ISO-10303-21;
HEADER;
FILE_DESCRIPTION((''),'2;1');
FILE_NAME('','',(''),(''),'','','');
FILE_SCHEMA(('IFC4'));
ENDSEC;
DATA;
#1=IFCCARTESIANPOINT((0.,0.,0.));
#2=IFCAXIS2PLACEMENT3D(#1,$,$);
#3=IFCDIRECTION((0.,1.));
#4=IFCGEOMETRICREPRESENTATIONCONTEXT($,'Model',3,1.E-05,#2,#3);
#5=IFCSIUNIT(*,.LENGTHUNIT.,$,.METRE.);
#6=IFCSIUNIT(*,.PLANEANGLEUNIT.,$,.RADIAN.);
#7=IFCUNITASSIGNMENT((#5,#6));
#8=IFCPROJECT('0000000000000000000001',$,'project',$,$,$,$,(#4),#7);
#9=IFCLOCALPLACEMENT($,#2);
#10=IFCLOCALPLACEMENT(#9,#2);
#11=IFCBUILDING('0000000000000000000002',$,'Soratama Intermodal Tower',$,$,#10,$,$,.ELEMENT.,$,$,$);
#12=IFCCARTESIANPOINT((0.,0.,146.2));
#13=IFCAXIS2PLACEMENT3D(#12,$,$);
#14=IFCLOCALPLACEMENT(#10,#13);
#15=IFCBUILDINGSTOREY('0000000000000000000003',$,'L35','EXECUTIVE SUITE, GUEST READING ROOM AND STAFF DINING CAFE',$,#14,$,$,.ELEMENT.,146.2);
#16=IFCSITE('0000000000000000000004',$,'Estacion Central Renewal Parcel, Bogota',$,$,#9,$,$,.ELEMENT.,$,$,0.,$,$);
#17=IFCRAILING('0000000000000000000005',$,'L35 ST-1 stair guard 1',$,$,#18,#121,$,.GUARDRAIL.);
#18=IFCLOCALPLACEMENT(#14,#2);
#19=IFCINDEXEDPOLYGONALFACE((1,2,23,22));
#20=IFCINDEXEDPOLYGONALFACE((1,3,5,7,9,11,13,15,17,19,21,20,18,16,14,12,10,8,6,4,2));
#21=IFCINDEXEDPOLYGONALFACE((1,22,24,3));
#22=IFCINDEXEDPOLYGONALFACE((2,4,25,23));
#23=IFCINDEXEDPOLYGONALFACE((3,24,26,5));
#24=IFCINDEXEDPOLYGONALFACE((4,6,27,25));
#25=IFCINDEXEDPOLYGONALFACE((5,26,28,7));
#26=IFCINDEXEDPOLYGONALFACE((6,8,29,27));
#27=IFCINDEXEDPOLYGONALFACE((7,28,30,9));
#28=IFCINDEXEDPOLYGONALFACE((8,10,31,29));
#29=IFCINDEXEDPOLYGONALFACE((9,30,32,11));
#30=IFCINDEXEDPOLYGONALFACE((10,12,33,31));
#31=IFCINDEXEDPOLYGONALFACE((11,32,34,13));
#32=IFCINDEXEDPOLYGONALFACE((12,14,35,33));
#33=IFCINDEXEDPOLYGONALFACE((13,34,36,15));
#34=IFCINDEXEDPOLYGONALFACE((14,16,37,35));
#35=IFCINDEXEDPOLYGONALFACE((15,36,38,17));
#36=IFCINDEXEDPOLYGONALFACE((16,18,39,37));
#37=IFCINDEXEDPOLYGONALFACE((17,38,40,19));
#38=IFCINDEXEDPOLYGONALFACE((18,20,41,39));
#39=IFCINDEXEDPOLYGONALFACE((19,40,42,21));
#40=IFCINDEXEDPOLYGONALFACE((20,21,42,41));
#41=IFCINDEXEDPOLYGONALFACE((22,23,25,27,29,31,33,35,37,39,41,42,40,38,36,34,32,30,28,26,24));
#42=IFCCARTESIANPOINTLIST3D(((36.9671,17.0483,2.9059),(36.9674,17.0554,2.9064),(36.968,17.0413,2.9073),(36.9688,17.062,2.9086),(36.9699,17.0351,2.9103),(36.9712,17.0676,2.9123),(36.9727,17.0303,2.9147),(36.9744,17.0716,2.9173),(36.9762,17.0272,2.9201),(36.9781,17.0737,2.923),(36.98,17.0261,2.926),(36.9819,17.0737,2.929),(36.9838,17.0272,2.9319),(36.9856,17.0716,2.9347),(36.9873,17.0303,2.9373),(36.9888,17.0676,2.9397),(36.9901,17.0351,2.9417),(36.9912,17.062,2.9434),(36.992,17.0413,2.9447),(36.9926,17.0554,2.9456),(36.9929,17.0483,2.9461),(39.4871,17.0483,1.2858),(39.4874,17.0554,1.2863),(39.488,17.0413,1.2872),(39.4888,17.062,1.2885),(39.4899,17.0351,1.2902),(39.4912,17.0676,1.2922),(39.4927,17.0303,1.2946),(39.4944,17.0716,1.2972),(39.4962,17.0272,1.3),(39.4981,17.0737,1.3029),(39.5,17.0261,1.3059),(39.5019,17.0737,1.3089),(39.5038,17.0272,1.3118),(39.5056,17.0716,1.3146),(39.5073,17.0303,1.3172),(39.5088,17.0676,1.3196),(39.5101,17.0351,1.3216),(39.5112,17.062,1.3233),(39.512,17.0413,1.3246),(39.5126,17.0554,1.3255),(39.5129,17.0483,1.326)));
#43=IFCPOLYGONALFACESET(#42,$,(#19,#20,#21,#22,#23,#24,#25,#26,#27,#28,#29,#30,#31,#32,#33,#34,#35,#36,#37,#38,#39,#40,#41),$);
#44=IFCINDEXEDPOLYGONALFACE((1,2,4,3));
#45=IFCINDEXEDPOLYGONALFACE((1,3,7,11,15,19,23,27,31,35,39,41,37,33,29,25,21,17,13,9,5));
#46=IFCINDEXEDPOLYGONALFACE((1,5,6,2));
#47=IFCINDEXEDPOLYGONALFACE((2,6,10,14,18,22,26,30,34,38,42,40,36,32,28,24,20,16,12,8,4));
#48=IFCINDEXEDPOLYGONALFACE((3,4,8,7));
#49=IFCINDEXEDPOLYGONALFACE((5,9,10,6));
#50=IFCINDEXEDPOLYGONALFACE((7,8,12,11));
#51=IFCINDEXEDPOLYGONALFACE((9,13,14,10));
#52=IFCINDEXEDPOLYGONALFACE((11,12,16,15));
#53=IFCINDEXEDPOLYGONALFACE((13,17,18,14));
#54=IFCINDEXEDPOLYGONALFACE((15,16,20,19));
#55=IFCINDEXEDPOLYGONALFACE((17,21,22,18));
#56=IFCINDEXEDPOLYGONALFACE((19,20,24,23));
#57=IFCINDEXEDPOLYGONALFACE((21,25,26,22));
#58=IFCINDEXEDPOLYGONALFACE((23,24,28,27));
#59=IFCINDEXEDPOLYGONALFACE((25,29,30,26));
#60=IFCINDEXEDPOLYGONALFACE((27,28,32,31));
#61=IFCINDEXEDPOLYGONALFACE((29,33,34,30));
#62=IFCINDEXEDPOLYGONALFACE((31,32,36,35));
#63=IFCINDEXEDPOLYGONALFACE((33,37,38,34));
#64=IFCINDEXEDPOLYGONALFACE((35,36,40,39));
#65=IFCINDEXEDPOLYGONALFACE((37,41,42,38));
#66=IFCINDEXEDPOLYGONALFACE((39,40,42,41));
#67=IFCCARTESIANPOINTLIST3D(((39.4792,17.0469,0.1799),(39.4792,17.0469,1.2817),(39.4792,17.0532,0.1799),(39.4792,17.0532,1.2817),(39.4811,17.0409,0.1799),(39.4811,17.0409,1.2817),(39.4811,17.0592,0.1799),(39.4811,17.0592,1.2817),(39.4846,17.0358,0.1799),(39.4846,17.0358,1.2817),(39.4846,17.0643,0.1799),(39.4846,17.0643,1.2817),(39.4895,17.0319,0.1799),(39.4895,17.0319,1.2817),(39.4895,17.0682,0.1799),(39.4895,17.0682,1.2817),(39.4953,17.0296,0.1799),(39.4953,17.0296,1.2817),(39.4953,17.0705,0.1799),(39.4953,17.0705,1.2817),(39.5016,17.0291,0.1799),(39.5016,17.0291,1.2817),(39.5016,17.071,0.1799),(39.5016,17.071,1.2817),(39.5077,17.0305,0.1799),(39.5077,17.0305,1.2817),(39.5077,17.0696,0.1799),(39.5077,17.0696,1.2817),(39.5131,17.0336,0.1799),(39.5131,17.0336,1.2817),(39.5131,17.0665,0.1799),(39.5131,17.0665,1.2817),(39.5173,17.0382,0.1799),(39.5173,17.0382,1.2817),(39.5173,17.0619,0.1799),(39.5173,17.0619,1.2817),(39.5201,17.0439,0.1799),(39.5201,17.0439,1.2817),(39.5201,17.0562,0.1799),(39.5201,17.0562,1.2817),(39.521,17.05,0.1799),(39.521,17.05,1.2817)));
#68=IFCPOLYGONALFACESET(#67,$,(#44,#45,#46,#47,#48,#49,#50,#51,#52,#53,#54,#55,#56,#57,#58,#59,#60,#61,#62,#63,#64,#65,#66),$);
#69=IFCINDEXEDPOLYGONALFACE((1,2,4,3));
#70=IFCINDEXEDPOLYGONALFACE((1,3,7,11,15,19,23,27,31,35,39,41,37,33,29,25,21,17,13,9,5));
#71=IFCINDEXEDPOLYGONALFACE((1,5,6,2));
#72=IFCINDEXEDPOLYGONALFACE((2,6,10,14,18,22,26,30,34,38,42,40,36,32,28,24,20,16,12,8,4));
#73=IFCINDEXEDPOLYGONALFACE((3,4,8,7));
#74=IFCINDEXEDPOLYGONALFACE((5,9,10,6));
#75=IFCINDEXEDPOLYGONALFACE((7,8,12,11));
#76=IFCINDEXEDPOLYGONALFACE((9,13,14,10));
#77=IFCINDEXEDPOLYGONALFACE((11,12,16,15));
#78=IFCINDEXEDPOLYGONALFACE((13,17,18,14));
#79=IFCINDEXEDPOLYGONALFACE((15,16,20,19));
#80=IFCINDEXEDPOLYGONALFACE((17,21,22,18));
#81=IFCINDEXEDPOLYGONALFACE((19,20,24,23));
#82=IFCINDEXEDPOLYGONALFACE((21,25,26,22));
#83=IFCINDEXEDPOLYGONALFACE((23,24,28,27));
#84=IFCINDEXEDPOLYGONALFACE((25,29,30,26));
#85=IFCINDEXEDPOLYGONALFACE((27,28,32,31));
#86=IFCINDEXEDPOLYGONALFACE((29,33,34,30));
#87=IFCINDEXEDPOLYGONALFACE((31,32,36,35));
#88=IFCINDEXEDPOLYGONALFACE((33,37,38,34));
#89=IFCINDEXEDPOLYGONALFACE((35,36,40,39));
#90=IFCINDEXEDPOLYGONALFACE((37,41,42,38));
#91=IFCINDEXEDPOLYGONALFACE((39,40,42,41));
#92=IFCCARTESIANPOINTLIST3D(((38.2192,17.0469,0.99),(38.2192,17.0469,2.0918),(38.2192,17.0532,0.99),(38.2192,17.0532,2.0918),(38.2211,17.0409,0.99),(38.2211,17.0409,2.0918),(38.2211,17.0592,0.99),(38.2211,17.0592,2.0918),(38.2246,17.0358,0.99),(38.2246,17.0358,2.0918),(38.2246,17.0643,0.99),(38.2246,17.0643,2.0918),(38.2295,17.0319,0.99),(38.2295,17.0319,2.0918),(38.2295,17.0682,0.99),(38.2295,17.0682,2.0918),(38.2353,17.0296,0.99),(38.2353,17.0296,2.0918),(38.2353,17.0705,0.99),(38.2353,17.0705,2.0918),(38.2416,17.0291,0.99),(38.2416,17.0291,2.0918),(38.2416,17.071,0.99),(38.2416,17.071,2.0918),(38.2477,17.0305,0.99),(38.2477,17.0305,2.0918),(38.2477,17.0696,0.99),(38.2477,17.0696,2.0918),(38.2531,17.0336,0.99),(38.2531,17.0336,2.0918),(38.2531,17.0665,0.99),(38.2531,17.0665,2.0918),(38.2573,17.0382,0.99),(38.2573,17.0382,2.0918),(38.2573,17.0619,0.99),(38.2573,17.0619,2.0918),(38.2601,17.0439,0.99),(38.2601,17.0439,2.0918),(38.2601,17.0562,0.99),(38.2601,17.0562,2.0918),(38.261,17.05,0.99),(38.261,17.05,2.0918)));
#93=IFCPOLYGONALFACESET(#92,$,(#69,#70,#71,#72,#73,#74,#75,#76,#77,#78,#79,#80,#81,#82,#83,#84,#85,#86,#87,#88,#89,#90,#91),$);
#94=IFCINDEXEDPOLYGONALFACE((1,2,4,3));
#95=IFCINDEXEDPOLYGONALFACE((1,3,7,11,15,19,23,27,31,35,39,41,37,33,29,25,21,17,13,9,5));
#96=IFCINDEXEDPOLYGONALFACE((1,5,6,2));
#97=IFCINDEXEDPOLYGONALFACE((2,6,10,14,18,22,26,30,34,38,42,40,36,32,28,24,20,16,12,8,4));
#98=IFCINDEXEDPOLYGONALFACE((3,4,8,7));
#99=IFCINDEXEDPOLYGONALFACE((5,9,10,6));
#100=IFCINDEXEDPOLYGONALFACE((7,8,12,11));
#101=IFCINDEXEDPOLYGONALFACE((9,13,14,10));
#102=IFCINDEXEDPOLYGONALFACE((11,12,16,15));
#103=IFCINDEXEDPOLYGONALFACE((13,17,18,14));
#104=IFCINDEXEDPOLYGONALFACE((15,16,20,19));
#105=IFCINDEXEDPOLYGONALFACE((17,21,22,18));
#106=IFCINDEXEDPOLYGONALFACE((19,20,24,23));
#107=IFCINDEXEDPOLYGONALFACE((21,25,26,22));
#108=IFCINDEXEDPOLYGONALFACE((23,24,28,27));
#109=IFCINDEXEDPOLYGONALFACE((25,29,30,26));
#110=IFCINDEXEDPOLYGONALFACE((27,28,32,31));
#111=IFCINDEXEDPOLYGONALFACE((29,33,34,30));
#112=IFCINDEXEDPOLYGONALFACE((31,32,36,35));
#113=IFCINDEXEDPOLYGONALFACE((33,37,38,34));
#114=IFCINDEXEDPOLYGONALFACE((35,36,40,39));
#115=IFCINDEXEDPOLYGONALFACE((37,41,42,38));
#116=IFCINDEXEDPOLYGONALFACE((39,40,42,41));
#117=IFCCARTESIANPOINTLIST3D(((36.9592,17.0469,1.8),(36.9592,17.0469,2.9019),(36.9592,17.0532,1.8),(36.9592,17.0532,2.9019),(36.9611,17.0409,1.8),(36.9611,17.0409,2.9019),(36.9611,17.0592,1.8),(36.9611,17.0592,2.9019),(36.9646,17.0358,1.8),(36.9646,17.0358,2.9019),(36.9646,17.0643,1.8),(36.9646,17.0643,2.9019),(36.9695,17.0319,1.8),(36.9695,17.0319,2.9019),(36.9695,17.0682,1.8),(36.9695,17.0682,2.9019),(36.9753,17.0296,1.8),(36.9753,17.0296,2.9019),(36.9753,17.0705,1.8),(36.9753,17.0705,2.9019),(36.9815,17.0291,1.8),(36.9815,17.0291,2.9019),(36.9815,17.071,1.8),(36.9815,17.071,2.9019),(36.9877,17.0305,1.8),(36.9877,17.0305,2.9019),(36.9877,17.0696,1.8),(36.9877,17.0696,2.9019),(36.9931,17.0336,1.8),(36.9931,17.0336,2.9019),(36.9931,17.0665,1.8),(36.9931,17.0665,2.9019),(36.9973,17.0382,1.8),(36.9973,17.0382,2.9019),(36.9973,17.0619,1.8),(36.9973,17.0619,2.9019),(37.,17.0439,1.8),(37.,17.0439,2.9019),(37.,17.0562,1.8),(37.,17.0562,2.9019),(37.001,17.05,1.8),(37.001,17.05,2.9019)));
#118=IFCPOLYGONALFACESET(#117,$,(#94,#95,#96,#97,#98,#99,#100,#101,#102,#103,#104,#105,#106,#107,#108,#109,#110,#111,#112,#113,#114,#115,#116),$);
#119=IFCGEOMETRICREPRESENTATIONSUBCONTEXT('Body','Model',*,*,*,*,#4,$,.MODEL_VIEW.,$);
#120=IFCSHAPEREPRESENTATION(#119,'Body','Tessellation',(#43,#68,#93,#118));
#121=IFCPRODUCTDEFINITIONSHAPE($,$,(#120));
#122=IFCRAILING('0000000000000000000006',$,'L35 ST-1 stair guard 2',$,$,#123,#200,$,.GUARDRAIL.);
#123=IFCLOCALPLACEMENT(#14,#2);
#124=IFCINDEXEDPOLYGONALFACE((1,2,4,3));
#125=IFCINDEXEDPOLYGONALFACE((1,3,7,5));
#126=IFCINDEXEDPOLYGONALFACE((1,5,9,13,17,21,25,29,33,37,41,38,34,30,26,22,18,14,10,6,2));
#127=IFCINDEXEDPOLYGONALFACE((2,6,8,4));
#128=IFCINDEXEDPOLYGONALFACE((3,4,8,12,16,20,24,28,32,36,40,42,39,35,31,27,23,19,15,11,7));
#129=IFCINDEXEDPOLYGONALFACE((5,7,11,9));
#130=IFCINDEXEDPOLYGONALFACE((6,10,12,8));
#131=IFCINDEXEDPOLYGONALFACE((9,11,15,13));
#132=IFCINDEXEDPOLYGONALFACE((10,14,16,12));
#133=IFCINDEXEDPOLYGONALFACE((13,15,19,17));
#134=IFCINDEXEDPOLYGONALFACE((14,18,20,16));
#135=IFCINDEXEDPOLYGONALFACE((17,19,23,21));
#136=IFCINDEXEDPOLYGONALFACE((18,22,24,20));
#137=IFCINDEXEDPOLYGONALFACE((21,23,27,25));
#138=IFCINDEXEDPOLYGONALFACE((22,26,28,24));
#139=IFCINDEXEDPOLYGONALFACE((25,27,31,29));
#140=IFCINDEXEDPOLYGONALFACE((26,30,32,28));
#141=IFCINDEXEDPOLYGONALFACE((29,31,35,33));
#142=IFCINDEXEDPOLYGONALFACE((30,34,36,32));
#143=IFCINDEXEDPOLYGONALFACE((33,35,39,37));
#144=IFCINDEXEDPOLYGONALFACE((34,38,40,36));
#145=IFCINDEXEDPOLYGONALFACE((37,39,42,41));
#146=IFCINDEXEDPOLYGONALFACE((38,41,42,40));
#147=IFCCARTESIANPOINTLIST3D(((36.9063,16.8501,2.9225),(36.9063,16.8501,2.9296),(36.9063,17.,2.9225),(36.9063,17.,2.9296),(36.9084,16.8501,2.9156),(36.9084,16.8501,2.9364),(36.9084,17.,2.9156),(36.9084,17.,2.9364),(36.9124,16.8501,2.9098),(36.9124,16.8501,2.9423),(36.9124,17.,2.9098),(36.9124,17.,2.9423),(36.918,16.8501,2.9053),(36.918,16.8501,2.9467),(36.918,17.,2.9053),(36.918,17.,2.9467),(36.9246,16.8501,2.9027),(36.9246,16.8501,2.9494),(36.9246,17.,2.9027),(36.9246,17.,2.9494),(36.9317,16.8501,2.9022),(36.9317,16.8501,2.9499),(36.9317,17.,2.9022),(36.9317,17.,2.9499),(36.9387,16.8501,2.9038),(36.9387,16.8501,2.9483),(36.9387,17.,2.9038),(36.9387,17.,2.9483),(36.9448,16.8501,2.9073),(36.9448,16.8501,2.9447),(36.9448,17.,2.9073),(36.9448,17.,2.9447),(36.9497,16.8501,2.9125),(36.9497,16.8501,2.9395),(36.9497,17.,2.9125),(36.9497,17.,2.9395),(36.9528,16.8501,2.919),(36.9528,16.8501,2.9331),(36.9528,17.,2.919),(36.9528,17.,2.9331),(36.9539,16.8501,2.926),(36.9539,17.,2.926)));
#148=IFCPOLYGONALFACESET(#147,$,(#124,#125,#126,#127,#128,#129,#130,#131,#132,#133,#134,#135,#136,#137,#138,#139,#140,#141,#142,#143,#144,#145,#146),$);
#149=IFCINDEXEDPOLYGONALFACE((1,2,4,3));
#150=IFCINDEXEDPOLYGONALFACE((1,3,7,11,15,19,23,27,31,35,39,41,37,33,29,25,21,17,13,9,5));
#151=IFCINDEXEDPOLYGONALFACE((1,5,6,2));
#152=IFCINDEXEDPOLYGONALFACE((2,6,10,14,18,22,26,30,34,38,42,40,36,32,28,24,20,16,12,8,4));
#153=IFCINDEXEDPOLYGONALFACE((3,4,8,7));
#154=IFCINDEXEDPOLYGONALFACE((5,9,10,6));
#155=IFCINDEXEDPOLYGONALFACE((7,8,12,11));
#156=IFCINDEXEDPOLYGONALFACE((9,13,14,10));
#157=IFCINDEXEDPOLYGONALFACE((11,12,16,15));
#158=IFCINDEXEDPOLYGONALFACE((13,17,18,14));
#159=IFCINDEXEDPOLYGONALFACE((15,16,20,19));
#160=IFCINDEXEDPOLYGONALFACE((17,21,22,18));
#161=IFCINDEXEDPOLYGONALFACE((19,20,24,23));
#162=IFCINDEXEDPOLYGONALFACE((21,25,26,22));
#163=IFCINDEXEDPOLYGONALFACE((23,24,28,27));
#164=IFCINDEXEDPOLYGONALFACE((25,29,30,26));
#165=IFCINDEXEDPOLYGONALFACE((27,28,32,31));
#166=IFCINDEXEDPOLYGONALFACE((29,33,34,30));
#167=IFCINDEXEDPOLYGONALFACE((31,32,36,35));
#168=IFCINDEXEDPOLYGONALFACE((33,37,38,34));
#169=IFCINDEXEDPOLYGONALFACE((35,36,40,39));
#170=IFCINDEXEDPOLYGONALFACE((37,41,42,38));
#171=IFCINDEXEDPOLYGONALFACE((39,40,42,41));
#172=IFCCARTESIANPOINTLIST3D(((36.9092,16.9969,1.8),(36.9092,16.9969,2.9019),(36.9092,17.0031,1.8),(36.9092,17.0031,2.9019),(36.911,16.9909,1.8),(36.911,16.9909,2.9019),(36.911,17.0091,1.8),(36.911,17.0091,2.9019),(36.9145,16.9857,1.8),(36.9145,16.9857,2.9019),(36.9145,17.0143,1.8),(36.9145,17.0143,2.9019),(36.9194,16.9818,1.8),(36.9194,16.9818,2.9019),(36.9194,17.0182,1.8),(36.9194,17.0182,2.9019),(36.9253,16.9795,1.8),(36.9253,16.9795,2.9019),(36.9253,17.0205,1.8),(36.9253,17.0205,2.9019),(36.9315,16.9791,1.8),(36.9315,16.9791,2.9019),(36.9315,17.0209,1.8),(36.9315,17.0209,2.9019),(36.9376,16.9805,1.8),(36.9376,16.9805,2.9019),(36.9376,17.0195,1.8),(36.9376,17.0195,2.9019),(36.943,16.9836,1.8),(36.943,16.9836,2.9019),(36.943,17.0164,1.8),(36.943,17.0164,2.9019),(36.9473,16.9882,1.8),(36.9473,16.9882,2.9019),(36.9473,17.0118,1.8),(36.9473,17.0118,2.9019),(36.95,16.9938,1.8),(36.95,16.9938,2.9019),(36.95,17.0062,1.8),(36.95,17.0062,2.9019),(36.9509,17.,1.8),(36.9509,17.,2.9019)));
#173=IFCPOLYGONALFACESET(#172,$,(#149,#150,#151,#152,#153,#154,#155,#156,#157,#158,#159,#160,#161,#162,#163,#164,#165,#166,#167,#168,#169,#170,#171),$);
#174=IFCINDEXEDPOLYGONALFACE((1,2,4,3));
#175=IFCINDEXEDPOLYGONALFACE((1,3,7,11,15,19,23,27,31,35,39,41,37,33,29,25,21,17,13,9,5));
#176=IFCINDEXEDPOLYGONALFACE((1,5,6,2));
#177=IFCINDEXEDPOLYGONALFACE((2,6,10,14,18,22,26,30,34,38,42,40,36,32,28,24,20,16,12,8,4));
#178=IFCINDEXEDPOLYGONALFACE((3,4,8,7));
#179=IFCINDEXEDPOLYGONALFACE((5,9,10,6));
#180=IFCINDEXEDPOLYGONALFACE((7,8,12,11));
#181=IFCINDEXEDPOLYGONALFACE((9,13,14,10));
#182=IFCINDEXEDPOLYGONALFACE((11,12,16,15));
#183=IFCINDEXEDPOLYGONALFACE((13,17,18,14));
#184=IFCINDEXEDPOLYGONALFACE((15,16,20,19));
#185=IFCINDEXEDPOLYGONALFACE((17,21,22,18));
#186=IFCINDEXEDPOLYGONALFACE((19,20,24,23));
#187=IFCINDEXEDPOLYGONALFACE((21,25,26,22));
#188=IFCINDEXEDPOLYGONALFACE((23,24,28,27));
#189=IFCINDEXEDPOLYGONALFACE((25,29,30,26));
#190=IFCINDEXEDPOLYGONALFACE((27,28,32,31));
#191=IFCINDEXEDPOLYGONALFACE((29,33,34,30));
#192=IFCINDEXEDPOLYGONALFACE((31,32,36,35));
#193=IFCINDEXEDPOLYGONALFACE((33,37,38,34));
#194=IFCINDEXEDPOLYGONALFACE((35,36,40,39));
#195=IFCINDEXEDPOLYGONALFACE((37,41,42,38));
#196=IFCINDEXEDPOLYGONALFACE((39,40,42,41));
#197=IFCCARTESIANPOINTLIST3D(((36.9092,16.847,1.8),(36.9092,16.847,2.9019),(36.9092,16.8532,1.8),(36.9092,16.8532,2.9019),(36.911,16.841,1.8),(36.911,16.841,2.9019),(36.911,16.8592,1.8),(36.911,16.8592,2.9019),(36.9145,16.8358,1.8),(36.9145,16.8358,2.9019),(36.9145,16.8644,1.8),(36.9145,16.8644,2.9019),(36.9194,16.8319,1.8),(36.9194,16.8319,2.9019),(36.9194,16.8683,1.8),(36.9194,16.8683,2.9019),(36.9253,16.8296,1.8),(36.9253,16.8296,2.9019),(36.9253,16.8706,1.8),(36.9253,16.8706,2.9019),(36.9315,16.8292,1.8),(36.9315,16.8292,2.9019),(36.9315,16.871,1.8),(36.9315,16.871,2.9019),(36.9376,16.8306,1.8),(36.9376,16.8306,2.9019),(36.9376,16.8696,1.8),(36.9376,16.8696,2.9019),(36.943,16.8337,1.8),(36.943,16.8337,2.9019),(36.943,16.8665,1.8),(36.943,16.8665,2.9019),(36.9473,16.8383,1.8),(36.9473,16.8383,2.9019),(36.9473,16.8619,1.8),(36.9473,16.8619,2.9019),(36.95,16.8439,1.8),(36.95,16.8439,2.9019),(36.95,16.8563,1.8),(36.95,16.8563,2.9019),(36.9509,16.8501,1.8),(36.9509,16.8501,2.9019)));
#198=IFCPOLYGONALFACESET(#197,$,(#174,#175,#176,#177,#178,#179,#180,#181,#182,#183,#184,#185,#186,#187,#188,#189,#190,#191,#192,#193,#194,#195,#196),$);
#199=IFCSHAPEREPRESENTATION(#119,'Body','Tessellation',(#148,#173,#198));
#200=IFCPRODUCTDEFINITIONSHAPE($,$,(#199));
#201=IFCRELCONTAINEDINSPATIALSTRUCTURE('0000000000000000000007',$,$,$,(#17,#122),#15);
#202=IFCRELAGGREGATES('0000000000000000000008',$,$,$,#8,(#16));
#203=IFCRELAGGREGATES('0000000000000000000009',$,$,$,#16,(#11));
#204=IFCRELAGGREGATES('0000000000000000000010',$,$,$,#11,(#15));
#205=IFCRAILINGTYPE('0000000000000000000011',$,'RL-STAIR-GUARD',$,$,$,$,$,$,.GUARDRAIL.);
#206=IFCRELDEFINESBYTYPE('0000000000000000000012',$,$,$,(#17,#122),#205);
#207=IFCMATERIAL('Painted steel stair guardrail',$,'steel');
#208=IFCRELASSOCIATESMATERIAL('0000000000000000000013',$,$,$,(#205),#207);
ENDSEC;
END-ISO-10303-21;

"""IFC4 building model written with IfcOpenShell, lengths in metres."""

from ifc_helpers import new_model, si_unit, direction, frame, origin, origin_2d, place, context, subcontext, project, spatial, circle, extrude, material, type_object, element, save


model = new_model("IFC4")

# Units and contexts
model_context = context("Model", 3, precision=1e-05, world=origin(), true_north=direction((0.0, 1.0)))
body_context = subcontext(model_context, "Body", "Model", "MODEL_VIEW")
ifc_project = project(units=[si_unit("LENGTHUNIT", "METRE"), si_unit("PLANEANGLEUNIT", "RADIAN")], contexts=[model_context])

# Site, building, storey
site_placement = place(None, origin())
site = spatial("IfcSite", under=ifc_project, at=site_placement, Name="Estacion Central Renewal Parcel, Bogota", CompositionType="ELEMENT", RefElevation=0.0)
building_placement = place(site_placement, origin())
building = spatial("IfcBuilding", under=site, at=building_placement, Name="Soratama Intermodal Tower", CompositionType="ELEMENT")
storey_placement = place(building_placement, frame((0.0, 0.0, 146.2)))
storey = spatial("IfcBuildingStorey", under=building, at=storey_placement, Name="L35", Description="EXECUTIVE SUITE, GUEST READING ROOM AND STAFF DINING CAFE", CompositionType="ELEMENT", Elevation=146.2)

# Railings
ifc_material_1 = material(Name="Painted steel stair guardrail", Category="steel")
railing_type_1 = type_object("IfcRailingType", Name="RL-STAIR-GUARD", PredefinedType="GUARDRAIL", material=ifc_material_1)
railing_1_placement = place(storey_placement, frame((39.5, 17.05, 0.1799)))
element("IfcRailing", 1, at=railing_1_placement, inside=storey, type_object=railing_type_1, Name="L35 ST-1 stair guard 1", PredefinedType="GUARDRAIL", context=body_context, shape_type="SweptSolid", body=[
    extrude(circle(Radius=0.0239, at=origin_2d()), frame((0.0, 0.0, 1.126), z_axis=(-0.841163, 0.0, 0.540782), x_axis=(0.0, -1.0, 0.0)), (0.0, 0.0, 1.0), 2.9958),
    extrude(circle(Radius=0.021, at=origin_2d()), origin(), (0.0, 0.0, 1.0), 1.1018),
    extrude(circle(Radius=0.021, at=origin_2d()), frame((-1.26, 0.0, 0.8101)), (0.0, 0.0, 1.0), 1.1018),
    extrude(circle(Radius=0.021, at=origin_2d()), frame((-2.52, 0.0, 1.6201)), (0.0, 0.0, 1.0), 1.1018),
])
railing_2_placement = place(storey_placement, frame((36.9299, 17.0, 1.8)))
element("IfcRailing", 2, at=railing_2_placement, inside=storey, type_object=railing_type_1, Name="L35 ST-1 stair guard 2", PredefinedType="GUARDRAIL", context=body_context, shape_type="SweptSolid", body=[
    extrude(circle(Radius=0.0239, at=origin_2d()), frame((0.0, 0.0, 1.126), z_axis=(0.0, -1.0, 0.0), x_axis=(1.0, 0.0, 0.0)), (0.0, 0.0, 1.0), 0.1499),
    extrude(circle(Radius=0.021, at=origin_2d()), origin(), (0.0, 0.0, 1.0), 1.1018),
    extrude(circle(Radius=0.021, at=origin_2d()), frame((0.0, -0.1499, 0.0)), (0.0, 0.0, 1.0), 1.1018),
])

save(model, "model.ifc")
